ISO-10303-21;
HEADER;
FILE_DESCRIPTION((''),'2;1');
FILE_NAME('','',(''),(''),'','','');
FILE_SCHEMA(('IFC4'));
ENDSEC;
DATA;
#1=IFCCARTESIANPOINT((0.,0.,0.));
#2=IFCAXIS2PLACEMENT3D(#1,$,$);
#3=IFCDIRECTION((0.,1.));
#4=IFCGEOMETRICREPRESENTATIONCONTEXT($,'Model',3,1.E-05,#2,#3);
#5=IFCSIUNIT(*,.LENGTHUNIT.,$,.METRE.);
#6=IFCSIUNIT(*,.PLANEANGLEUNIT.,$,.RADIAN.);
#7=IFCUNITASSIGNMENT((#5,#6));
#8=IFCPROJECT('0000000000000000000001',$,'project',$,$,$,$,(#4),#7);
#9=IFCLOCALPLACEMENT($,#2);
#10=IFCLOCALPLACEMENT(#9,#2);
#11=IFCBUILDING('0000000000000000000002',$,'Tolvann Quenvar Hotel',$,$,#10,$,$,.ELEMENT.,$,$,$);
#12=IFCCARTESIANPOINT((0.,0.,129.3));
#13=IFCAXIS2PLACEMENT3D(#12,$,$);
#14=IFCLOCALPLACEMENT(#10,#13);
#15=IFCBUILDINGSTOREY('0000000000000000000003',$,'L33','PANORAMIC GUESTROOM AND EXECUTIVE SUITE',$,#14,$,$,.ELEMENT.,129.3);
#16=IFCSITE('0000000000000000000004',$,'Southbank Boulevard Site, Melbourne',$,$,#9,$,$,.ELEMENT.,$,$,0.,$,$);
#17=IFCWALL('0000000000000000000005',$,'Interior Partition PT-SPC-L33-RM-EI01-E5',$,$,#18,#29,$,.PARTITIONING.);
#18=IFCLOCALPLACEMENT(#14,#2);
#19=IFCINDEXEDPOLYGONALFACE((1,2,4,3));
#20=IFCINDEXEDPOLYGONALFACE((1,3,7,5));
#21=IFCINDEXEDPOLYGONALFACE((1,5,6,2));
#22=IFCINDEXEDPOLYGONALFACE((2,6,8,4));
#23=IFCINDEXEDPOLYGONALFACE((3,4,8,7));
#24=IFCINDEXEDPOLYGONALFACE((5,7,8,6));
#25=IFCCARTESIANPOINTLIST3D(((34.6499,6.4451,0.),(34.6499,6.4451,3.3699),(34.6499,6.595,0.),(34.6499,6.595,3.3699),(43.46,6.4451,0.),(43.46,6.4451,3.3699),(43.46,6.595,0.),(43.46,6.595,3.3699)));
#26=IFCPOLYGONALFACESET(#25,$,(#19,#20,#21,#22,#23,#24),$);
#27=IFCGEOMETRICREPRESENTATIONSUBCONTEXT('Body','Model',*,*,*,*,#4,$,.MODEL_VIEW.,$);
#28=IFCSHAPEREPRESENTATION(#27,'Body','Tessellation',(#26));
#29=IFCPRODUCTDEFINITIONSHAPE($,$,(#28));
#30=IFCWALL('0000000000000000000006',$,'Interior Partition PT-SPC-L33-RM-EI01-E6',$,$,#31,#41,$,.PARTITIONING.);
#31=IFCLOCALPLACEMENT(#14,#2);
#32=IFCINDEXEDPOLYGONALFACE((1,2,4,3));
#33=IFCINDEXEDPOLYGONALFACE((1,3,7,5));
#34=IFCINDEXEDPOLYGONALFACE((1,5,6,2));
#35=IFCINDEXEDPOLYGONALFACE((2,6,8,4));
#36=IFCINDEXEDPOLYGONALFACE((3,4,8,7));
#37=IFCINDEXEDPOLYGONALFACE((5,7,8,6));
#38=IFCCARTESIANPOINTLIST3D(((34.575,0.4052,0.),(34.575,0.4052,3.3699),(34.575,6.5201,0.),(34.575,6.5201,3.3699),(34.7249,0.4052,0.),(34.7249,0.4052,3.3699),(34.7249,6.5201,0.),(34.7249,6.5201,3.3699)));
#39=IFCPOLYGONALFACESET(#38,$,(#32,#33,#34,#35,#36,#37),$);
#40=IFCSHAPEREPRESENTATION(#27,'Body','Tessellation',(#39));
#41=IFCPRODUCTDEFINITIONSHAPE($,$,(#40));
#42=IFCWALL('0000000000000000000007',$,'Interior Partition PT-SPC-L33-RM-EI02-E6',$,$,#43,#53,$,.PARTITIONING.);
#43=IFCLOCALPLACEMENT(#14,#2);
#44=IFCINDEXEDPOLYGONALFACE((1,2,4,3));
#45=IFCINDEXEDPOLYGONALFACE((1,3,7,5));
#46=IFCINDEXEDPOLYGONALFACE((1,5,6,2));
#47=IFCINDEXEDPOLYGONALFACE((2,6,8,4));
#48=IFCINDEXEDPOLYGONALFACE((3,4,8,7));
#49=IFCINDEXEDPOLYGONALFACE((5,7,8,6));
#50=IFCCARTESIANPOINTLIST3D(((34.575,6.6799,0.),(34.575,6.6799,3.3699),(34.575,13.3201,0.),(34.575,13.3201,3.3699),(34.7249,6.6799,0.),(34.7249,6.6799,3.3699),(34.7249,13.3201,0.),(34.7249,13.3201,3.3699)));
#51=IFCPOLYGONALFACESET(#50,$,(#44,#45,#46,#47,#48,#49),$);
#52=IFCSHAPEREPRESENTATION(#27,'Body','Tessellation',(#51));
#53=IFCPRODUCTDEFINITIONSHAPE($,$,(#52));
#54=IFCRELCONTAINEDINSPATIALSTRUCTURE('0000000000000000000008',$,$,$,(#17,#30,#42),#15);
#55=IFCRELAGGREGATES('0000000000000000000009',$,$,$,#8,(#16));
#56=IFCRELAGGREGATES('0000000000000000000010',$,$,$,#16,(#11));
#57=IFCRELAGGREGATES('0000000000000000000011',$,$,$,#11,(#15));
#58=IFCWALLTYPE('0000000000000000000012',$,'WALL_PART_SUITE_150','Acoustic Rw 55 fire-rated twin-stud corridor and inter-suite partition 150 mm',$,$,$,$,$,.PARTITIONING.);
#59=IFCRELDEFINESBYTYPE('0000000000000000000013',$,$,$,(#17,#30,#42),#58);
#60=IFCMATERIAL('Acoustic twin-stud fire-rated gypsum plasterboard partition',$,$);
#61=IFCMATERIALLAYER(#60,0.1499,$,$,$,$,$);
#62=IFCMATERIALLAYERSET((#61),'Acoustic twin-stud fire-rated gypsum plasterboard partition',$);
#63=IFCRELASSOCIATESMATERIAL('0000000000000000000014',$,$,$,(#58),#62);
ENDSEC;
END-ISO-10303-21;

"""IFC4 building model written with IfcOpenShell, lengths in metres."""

from ifc_helpers import new_model, si_unit, direction, frame, frame_2d, origin, place, context, subcontext, project, spatial, rectangle, extrude, material, layer, layer_set, type_object, element, save


model = new_model("IFC4")

# Units and contexts
model_context = context("Model", 3, precision=1e-05, world=origin(), true_north=direction((0.0, 1.0)))
body_context = subcontext(model_context, "Body", "Model", "MODEL_VIEW")
ifc_project = project(units=[si_unit("LENGTHUNIT", "METRE"), si_unit("PLANEANGLEUNIT", "RADIAN")], contexts=[model_context])

# Site, building, storey
site_placement = place(None, origin())
site = spatial("IfcSite", under=ifc_project, at=site_placement, Name="Southbank Boulevard Site, Melbourne", CompositionType="ELEMENT", RefElevation=0.0)
building_placement = place(site_placement, origin())
building = spatial("IfcBuilding", under=site, at=building_placement, Name="Tolvann Quenvar Hotel", CompositionType="ELEMENT")
storey_placement = place(building_placement, frame((0.0, 0.0, 129.3)))
storey = spatial("IfcBuildingStorey", under=building, at=storey_placement, Name="L33", Description="PANORAMIC GUESTROOM AND EXECUTIVE SUITE", CompositionType="ELEMENT", Elevation=129.3)

# Walls
ifc_material_1 = material(Name="Acoustic twin-stud fire-rated gypsum plasterboard partition")
ifc_layer_1 = layer(ifc_material_1, 0.1499)
ifc_layer_set_1 = layer_set([ifc_layer_1], Name="Acoustic twin-stud fire-rated gypsum plasterboard partition")
wall_type_1 = type_object("IfcWallType", Name="WALL_PART_SUITE_150", Description="Acoustic Rw 55 fire-rated twin-stud corridor and inter-suite partition 150 mm", PredefinedType="PARTITIONING", material=ifc_layer_set_1)
wall_1_placement = place(storey_placement, frame((34.6499, 6.52, 0.0), z_axis=(0.0, 0.0, 1.0), x_axis=(1.0, 0.0, 0.0)))
element("IfcWall", 1, at=wall_1_placement, inside=storey, type_object=wall_type_1, Name="Interior Partition PT-SPC-L33-RM-EI01-E5", PredefinedType="PARTITIONING", context=body_context, shape_type="SweptSolid", body=[
    extrude(rectangle(XDim=8.8101, YDim=0.1499, at=frame_2d((4.405, 0.0))), origin(), (0.0, 0.0, 1.0), 3.3699),
])
wall_2_placement = place(storey_placement, frame((34.6499, 0.405, 0.0), z_axis=(0.0, 0.0, 1.0), x_axis=(0.0, 1.0, 0.0)))
element("IfcWall", 2, at=wall_2_placement, inside=storey, type_object=wall_type_1, Name="Interior Partition PT-SPC-L33-RM-EI01-E6", PredefinedType="PARTITIONING", context=body_context, shape_type="SweptSolid", body=[
    extrude(rectangle(XDim=6.115, YDim=0.1499, at=frame_2d((3.0576, 0.0))), origin(), (0.0, 0.0, 1.0), 3.3699),
])
wall_3_placement = place(storey_placement, frame((34.6499, 6.6799, 0.0), z_axis=(0.0, 0.0, 1.0), x_axis=(0.0, 1.0, 0.0)))
element("IfcWall", 3, at=wall_3_placement, inside=storey, type_object=wall_type_1, Name="Interior Partition PT-SPC-L33-RM-EI02-E6", PredefinedType="PARTITIONING", context=body_context, shape_type="SweptSolid", body=[
    extrude(rectangle(XDim=6.6401, YDim=0.1499, at=frame_2d((3.3201, 0.0))), origin(), (0.0, 0.0, 1.0), 3.3699),
])

save(model, "model.ifc")
